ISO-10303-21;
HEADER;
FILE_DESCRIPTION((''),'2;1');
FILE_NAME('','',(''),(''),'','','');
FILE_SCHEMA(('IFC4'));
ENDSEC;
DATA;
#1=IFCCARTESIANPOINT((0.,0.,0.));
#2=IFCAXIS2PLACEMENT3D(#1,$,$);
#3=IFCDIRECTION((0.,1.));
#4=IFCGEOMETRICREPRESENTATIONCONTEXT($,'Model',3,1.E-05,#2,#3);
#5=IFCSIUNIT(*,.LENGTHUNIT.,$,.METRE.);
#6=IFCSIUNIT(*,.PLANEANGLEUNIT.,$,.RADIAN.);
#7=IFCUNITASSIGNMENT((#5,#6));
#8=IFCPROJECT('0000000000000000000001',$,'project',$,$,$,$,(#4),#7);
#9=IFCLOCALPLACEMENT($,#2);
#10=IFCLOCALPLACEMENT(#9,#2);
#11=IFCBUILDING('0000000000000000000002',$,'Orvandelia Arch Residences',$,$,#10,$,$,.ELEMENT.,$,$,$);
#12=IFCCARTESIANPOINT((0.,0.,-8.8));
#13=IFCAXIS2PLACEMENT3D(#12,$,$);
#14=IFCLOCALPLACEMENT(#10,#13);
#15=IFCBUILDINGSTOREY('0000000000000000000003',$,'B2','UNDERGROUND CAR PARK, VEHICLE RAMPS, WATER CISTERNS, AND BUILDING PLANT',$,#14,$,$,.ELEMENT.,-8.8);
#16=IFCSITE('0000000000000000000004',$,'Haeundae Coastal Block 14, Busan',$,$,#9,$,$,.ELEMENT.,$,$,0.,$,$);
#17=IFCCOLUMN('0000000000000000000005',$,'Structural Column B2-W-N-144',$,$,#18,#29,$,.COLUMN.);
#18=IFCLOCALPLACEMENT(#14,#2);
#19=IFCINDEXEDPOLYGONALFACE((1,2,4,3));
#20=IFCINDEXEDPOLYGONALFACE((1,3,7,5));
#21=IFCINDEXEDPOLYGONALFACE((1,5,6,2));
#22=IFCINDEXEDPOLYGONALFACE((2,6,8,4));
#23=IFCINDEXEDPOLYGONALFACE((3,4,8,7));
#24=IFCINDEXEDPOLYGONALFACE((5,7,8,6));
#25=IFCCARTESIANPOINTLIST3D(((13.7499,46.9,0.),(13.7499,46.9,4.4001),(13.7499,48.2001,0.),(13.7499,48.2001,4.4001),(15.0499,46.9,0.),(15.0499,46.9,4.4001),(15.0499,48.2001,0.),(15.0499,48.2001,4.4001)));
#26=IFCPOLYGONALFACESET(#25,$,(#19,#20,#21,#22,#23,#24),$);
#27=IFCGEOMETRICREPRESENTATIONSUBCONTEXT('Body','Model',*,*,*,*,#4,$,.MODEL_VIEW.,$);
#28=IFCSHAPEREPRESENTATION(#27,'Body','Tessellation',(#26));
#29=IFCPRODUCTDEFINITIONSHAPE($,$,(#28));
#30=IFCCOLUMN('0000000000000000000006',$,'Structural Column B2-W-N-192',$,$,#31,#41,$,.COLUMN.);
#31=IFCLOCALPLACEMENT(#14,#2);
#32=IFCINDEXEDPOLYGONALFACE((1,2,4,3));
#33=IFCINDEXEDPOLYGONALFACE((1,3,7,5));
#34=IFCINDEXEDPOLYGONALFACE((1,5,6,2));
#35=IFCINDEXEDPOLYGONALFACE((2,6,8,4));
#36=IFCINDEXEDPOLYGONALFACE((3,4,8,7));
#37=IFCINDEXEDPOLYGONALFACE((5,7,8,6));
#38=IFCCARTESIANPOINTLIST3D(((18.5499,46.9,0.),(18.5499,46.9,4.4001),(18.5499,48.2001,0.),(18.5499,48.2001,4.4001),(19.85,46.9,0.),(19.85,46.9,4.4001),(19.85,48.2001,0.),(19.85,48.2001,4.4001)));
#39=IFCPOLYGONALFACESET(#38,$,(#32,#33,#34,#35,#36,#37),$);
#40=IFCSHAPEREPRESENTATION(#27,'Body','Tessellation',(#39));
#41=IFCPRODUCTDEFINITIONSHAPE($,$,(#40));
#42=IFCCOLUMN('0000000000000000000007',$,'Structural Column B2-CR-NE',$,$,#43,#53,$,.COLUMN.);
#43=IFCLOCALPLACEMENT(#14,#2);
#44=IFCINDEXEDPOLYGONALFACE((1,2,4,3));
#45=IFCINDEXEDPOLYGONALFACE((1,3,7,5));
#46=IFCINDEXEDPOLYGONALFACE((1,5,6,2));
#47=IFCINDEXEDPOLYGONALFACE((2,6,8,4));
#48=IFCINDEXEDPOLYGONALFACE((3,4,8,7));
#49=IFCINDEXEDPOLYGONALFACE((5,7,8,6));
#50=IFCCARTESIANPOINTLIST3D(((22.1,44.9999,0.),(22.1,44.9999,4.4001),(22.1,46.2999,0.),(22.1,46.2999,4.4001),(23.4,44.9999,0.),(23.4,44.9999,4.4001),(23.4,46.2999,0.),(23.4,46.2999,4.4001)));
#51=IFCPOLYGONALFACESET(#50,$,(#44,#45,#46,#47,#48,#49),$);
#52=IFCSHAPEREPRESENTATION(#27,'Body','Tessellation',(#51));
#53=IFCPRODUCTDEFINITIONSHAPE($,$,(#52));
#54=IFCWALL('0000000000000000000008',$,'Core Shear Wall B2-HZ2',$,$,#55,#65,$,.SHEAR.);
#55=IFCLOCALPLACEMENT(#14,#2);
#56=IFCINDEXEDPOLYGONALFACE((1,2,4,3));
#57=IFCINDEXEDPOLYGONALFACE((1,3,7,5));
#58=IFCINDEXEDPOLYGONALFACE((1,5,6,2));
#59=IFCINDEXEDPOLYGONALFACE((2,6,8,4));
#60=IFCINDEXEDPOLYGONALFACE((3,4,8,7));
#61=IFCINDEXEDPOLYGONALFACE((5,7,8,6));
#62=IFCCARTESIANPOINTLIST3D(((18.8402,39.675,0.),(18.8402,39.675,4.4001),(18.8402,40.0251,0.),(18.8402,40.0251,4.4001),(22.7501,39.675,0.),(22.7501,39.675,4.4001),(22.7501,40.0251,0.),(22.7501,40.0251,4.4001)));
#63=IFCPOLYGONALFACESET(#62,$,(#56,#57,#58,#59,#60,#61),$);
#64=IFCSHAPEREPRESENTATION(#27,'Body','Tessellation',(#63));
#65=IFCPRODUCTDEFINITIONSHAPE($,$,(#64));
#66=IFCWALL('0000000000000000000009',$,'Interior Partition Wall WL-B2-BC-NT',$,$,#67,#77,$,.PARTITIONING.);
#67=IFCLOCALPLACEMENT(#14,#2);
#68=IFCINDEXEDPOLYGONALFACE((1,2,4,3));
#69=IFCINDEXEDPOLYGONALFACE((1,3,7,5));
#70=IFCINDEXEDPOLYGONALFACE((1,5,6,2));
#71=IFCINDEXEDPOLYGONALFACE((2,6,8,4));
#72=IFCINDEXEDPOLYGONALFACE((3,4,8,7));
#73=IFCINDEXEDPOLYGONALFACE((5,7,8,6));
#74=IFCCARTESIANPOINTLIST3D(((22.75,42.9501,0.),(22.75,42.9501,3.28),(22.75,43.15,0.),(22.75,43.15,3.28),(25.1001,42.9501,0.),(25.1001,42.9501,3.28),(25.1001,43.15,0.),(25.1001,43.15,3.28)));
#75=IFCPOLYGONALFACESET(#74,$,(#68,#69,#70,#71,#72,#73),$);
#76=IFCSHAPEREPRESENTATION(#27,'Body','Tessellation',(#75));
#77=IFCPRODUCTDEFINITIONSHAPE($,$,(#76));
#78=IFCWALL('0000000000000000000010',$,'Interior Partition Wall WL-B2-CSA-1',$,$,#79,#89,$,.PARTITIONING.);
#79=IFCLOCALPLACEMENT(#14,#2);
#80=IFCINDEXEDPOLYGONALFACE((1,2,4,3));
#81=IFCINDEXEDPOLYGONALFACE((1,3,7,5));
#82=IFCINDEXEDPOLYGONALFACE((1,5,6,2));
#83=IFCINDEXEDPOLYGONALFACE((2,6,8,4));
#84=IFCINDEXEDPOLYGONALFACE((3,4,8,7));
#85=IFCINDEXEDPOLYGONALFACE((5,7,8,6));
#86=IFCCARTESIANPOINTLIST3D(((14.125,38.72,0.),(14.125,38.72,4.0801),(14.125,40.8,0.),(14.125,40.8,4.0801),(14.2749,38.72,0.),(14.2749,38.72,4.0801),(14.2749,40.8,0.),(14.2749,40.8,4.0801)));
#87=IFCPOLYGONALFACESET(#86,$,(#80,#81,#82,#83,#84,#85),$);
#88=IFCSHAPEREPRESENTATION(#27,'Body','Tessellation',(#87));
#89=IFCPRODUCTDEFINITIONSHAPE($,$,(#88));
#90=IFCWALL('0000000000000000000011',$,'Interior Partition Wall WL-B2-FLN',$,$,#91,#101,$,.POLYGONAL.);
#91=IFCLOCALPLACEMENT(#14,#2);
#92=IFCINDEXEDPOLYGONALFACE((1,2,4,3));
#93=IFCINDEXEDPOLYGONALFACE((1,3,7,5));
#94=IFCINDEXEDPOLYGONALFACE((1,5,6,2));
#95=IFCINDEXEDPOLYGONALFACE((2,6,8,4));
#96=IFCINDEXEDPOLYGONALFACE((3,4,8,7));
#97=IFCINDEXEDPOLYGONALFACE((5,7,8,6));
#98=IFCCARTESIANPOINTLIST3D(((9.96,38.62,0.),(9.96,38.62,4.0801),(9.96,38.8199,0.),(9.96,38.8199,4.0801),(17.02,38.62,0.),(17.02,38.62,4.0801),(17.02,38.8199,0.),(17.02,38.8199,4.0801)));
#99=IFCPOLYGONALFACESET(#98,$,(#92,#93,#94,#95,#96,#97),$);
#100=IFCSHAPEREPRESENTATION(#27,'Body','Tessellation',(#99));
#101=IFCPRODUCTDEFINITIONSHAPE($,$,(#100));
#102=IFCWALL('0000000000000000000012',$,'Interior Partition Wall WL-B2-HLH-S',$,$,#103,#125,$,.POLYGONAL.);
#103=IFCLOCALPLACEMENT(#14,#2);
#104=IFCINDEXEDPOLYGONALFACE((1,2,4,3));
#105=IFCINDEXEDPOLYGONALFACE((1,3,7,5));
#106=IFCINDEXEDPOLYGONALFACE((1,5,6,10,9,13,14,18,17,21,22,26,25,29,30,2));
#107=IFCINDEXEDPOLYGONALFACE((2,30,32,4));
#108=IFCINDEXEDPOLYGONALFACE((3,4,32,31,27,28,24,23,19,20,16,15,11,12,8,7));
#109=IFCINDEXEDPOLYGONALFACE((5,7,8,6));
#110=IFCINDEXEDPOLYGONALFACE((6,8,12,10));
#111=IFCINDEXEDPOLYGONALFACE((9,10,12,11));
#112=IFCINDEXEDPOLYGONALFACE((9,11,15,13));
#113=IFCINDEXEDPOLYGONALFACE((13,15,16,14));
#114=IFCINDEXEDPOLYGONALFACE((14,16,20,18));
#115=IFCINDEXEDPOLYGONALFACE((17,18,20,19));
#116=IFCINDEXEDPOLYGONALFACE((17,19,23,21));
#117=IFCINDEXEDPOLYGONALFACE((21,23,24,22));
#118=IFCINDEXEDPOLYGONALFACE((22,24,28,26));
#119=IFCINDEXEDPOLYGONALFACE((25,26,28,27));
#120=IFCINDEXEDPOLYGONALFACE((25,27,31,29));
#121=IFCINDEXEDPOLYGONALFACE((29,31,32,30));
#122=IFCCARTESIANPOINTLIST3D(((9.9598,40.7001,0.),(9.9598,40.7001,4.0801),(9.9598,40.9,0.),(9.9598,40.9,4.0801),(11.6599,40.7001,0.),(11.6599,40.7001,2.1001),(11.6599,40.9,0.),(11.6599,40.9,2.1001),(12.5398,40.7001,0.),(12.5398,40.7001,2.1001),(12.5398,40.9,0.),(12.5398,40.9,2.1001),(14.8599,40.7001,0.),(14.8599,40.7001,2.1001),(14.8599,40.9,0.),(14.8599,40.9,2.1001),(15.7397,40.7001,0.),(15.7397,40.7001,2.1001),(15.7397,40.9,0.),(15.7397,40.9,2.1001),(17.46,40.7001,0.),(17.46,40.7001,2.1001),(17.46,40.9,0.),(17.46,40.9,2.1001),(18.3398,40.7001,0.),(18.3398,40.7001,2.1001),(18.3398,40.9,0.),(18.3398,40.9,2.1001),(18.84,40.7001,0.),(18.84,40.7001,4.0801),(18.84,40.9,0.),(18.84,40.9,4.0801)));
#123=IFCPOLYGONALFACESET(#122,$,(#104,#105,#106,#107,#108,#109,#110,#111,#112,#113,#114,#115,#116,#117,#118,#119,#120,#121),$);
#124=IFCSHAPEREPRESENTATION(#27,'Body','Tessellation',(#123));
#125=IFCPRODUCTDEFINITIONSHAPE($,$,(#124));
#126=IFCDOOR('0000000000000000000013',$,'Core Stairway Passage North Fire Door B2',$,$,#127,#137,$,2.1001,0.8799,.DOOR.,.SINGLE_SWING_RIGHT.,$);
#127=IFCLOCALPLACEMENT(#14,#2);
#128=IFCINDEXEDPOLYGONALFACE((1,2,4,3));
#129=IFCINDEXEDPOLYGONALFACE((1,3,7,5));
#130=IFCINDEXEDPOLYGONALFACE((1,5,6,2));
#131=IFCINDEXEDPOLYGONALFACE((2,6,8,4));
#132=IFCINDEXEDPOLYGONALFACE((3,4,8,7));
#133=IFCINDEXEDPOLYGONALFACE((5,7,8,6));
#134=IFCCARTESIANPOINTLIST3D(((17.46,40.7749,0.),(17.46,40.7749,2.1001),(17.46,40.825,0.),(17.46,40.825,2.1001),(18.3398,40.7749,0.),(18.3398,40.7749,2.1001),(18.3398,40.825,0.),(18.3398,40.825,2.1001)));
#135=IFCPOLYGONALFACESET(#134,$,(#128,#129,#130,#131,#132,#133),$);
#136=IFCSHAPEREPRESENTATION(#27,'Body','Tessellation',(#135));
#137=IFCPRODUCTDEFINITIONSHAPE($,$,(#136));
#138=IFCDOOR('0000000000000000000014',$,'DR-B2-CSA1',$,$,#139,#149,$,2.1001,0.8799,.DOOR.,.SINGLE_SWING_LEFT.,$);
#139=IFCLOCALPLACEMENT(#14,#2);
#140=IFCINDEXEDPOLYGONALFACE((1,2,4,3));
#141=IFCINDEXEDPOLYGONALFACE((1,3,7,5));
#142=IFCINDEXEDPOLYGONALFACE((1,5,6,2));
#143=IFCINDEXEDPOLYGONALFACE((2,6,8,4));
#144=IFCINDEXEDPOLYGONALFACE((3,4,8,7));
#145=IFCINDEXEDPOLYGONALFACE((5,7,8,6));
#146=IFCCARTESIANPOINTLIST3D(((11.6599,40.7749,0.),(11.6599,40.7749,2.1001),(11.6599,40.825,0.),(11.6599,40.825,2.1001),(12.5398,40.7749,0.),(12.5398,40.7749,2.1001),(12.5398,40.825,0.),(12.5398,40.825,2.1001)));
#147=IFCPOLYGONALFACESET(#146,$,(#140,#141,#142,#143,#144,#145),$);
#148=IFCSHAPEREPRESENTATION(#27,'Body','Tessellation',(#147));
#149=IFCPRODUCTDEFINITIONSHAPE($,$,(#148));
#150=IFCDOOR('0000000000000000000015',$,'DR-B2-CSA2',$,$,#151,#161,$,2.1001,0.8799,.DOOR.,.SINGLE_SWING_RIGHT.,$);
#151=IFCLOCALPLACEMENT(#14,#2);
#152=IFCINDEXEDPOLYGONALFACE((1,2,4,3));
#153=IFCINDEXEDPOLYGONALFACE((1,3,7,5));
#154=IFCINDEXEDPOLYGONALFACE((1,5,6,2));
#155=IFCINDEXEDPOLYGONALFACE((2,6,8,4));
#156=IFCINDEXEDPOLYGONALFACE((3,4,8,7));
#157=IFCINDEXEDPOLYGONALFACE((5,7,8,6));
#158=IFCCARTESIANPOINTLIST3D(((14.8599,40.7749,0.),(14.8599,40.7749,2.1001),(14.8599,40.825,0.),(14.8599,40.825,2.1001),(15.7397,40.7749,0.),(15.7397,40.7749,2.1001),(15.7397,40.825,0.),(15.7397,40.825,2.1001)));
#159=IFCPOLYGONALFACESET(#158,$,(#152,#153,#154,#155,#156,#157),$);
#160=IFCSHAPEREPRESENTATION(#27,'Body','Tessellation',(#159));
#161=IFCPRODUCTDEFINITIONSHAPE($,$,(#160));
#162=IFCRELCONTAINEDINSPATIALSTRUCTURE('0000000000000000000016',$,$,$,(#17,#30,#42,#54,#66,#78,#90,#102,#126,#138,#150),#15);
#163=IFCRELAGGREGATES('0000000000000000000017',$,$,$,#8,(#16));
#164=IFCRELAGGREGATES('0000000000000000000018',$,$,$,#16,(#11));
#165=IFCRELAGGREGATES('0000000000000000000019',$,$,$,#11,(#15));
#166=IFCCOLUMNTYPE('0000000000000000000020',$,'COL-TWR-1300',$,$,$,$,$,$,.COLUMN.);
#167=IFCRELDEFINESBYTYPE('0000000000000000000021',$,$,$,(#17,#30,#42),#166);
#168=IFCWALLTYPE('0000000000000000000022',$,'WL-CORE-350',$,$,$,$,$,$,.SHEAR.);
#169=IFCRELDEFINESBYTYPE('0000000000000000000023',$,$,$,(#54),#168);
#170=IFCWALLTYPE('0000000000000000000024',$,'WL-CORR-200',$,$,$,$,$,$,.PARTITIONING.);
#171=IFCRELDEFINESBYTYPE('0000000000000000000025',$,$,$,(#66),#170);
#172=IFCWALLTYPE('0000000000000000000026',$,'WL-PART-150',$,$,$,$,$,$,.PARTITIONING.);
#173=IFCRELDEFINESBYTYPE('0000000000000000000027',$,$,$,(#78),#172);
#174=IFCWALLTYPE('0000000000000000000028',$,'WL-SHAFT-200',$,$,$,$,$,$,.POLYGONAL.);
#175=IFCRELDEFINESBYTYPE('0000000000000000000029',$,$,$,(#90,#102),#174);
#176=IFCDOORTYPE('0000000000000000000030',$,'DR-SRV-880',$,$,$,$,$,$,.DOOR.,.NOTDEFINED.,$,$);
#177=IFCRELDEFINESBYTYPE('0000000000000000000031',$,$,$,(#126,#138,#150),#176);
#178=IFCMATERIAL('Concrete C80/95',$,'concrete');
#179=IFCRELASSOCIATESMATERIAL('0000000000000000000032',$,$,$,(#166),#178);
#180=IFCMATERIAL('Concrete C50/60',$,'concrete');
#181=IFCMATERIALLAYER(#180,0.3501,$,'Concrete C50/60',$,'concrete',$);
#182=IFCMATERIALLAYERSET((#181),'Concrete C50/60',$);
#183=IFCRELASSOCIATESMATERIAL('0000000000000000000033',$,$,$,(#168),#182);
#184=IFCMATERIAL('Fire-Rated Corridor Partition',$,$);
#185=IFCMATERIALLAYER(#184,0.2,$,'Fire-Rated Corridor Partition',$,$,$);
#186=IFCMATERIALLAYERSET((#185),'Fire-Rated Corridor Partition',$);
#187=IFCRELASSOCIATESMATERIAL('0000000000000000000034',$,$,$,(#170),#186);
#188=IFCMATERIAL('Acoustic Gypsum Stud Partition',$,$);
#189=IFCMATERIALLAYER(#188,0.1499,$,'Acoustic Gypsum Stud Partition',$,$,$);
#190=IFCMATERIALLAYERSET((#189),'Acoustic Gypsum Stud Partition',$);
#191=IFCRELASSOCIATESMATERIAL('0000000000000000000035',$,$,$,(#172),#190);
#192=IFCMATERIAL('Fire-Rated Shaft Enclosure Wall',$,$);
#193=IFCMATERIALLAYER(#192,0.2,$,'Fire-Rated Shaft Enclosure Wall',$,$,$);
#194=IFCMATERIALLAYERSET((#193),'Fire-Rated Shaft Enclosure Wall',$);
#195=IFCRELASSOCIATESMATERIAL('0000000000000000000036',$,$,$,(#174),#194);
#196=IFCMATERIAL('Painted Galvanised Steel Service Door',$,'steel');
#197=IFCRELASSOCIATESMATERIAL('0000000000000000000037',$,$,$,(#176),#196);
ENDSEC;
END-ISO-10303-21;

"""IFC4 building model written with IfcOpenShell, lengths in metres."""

from ifc_helpers import new_model, si_unit, direction, frame, frame_2d, origin, origin_2d, place, context, subcontext, project, spatial, rectangle, extrude, material, layer, layer_set, material_profile, profile_set, type_object, element, fill, save


model = new_model("IFC4")

# Units and contexts
model_context = context("Model", 3, precision=1e-05, world=origin(), true_north=direction((0.0, 1.0)))
body_context = subcontext(model_context, "Body", "Model", "MODEL_VIEW")
ifc_project = project(units=[si_unit("LENGTHUNIT", "METRE"), si_unit("PLANEANGLEUNIT", "RADIAN")], contexts=[model_context])

# Site, building, storey
site_placement = place(None, origin())
site = spatial("IfcSite", under=ifc_project, at=site_placement, Name="Haeundae Coastal Block 14, Busan", CompositionType="ELEMENT", RefElevation=0.0)
building_placement = place(site_placement, origin())
building = spatial("IfcBuilding", under=site, at=building_placement, Name="Orvandelia Arch Residences", CompositionType="ELEMENT")
storey_placement = place(building_placement, frame((0.0, 0.0, -8.8)))
storey = spatial("IfcBuildingStorey", under=building, at=storey_placement, Name="B2", Description="UNDERGROUND CAR PARK, VEHICLE RAMPS, WATER CISTERNS, AND BUILDING PLANT", CompositionType="ELEMENT", Elevation=-8.8)

# Columns
ifc_material_1 = material(Name="Concrete C80/95", Category="concrete")
ifc_material_profile = material_profile(ifc_material_1, rectangle(XDim=1.3, YDim=1.3, at=origin_2d()), Name="Concrete C80/95", Category="concrete")
ifc_profile_set = profile_set([ifc_material_profile], Name="Concrete C80/95")
column_type = type_object("IfcColumnType", Name="COL-TWR-1300", PredefinedType="COLUMN", material=ifc_profile_set)
for number, where, z_axis, x_axis, name in (
    (1, (14.3999, 47.55, 0.0), (0.0, 0.0, 1.0), (1.0, 0.0, 0.0), "Structural Column B2-W-N-144"),
    (2, (19.2, 47.55, 0.0), (0.0, 0.0, 1.0), (1.0, 0.0, 0.0), "Structural Column B2-W-N-192"),
    (3, (22.75, 45.6499, 0.0), (0.0, 0.0, 1.0), (1.0, 0.0, 0.0), "Structural Column B2-CR-NE"),
):
    element("IfcColumn", number, at=place(storey_placement, frame(where, z_axis=z_axis, x_axis=x_axis)), inside=storey, type_object=column_type, Name=name, PredefinedType="COLUMN", context=body_context, shape_type="SweptSolid", body=[
        extrude(rectangle(XDim=1.3, YDim=1.3, at=origin_2d()), origin(), (0.0, 0.0, 1.0), 4.4001),
    ])

# Wall
ifc_material_2 = material(Name="Concrete C50/60", Category="concrete")
ifc_layer_1 = layer(ifc_material_2, 0.3501, Name="Concrete C50/60", Category="concrete")
ifc_layer_set_1 = layer_set([ifc_layer_1], Name="Concrete C50/60")
wall_type_1 = type_object("IfcWallType", Name="WL-CORE-350", PredefinedType="SHEAR", material=ifc_layer_set_1)
wall_1_placement = place(storey_placement, frame((18.8401, 39.8501, 0.0), z_axis=(0.0, 0.0, 1.0), x_axis=(1.0, 0.0, 0.0)))
element("IfcWall", 4, at=wall_1_placement, inside=storey, type_object=wall_type_1, Name="Core Shear Wall B2-HZ2", PredefinedType="SHEAR", context=body_context, shape_type="SweptSolid", body=[
    extrude(rectangle(XDim=3.9099, YDim=0.3501, at=frame_2d((1.9551, 0.0))), origin(), (0.0, 0.0, 1.0), 4.4001),
])

# Walls
ifc_material_3 = material(Name="Fire-Rated Corridor Partition")
ifc_layer_2 = layer(ifc_material_3, 0.2, Name="Fire-Rated Corridor Partition")
ifc_layer_set_2 = layer_set([ifc_layer_2], Name="Fire-Rated Corridor Partition")
wall_type_2 = type_object("IfcWallType", Name="WL-CORR-200", PredefinedType="PARTITIONING", material=ifc_layer_set_2)
wall_2_placement = place(storey_placement, frame((22.75, 43.05, 0.0), z_axis=(0.0, 0.0, 1.0), x_axis=(1.0, 0.0, 0.0)))
element("IfcWall", 5, at=wall_2_placement, inside=storey, type_object=wall_type_2, Name="Interior Partition Wall WL-B2-BC-NT", PredefinedType="PARTITIONING", context=body_context, shape_type="SweptSolid", body=[
    extrude(rectangle(XDim=2.3501, YDim=0.2, at=frame_2d((1.175, 0.0))), origin(), (0.0, 0.0, 1.0), 3.28),
])
ifc_material_4 = material(Name="Acoustic Gypsum Stud Partition")
ifc_layer_3 = layer(ifc_material_4, 0.1499, Name="Acoustic Gypsum Stud Partition")
ifc_layer_set_3 = layer_set([ifc_layer_3], Name="Acoustic Gypsum Stud Partition")
wall_type_3 = type_object("IfcWallType", Name="WL-PART-150", PredefinedType="PARTITIONING", material=ifc_layer_set_3)
wall_3_placement = place(storey_placement, frame((14.2, 38.72, 0.0), z_axis=(0.0, 0.0, 1.0), x_axis=(0.0, 1.0, 0.0)))
element("IfcWall", 6, at=wall_3_placement, inside=storey, type_object=wall_type_3, Name="Interior Partition Wall WL-B2-CSA-1", PredefinedType="PARTITIONING", context=body_context, shape_type="SweptSolid", body=[
    extrude(rectangle(XDim=2.0801, YDim=0.1499, at=frame_2d((1.04, 0.0))), origin(), (0.0, 0.0, 1.0), 4.0801),
])
ifc_material_5 = material(Name="Fire-Rated Shaft Enclosure Wall")
ifc_layer_4 = layer(ifc_material_5, 0.2, Name="Fire-Rated Shaft Enclosure Wall")
ifc_layer_set_4 = layer_set([ifc_layer_4], Name="Fire-Rated Shaft Enclosure Wall")
wall_type_4 = type_object("IfcWallType", Name="WL-SHAFT-200", PredefinedType="POLYGONAL", material=ifc_layer_set_4)
wall_4_placement = place(storey_placement, frame((9.96, 38.72, 0.0), z_axis=(0.0, 0.0, 1.0), x_axis=(1.0, 0.0, 0.0)))
element("IfcWall", 7, at=wall_4_placement, inside=storey, type_object=wall_type_4, Name="Interior Partition Wall WL-B2-FLN", PredefinedType="POLYGONAL", context=body_context, shape_type="SweptSolid", body=[
    extrude(rectangle(XDim=7.0601, YDim=0.2, at=frame_2d((3.53, 0.0))), origin(), (0.0, 0.0, 1.0), 4.0801),
])

# Wall, openings, doors
wall_5_placement = place(storey_placement, frame((9.96, 40.8, 0.0), z_axis=(0.0, 0.0, 1.0), x_axis=(1.0, 0.0, 0.0)))
wall_5 = element("IfcWall", 8, at=wall_5_placement, inside=storey, type_object=wall_type_4, Name="Interior Partition Wall WL-B2-HLH-S", PredefinedType="POLYGONAL", context=body_context, shape_type="SweptSolid", body=[
    extrude(rectangle(XDim=8.8801, YDim=0.2, at=frame_2d((4.4399, 0.0))), origin(), (0.0, 0.0, 1.0), 4.0801),
])
opening_1_placement = place(wall_5_placement, frame((7.5, 0.0, 0.0)))
opening_1 = element("IfcOpeningElement", 9, at=opening_1_placement, cuts=wall_5, PredefinedType="OPENING", context=body_context, shape_type="SweptSolid", body=[
    extrude(rectangle(XDim=0.8799, YDim=2.1001, at=frame_2d((0.4399, 1.05))), frame((0.0, 0.1099, 0.0), z_axis=(0.0, -1.0, 0.0), x_axis=(1.0, 0.0, 0.0)), (0.0, 0.0, 1.0), 0.22),
])
opening_2_placement = place(wall_5_placement, frame((1.7, 0.0, 0.0)))
opening_2 = element("IfcOpeningElement", 10, at=opening_2_placement, cuts=wall_5, PredefinedType="OPENING", context=body_context, shape_type="SweptSolid", body=[
    extrude(rectangle(XDim=0.8799, YDim=2.1001, at=frame_2d((0.4399, 1.05))), frame((0.0, 0.1099, 0.0), z_axis=(0.0, -1.0, 0.0), x_axis=(1.0, 0.0, 0.0)), (0.0, 0.0, 1.0), 0.22),
])
opening_3_placement = place(wall_5_placement, frame((4.8999, 0.0, 0.0)))
opening_3 = element("IfcOpeningElement", 11, at=opening_3_placement, cuts=wall_5, PredefinedType="OPENING", context=body_context, shape_type="SweptSolid", body=[
    extrude(rectangle(XDim=0.8799, YDim=2.1001, at=frame_2d((0.4399, 1.05))), frame((0.0, 0.1099, 0.0), z_axis=(0.0, -1.0, 0.0), x_axis=(1.0, 0.0, 0.0)), (0.0, 0.0, 1.0), 0.22),
])
ifc_material_6 = material(Name="Painted Galvanised Steel Service Door", Category="steel")
door_type_1 = type_object("IfcDoorType", Name="DR-SRV-880", OperationType="NOTDEFINED", PredefinedType="DOOR", material=ifc_material_6)
door_1_placement = place(opening_1_placement, origin())
door_1 = element("IfcDoor", 12, at=door_1_placement, inside=storey, type_object=door_type_1, Name="Core Stairway Passage North Fire Door B2", OperationType="SINGLE_SWING_RIGHT", OverallHeight=2.1001, OverallWidth=0.8799, PredefinedType="DOOR", context=body_context, shape_type="SweptSolid", body=[
    extrude(rectangle(XDim=0.8799, YDim=2.1001, at=frame_2d((0.4399, 1.05))), frame((0.0, 0.0249, 0.0), z_axis=(0.0, -1.0, 0.0), x_axis=(1.0, 0.0, 0.0)), (0.0, 0.0, 1.0), 0.05),
])
fill(opening_1, door_1)
door_2_placement = place(opening_2_placement, origin())
door_2 = element("IfcDoor", 13, at=door_2_placement, inside=storey, type_object=door_type_1, Name="DR-B2-CSA1", OperationType="SINGLE_SWING_LEFT", OverallHeight=2.1001, OverallWidth=0.8799, PredefinedType="DOOR", context=body_context, shape_type="SweptSolid", body=[
    extrude(rectangle(XDim=0.8799, YDim=2.1001, at=frame_2d((0.4399, 1.05))), frame((0.0, 0.0249, 0.0), z_axis=(0.0, -1.0, 0.0), x_axis=(1.0, 0.0, 0.0)), (0.0, 0.0, 1.0), 0.05),
])
fill(opening_2, door_2)
door_3_placement = place(opening_3_placement, origin())
door_3 = element("IfcDoor", 14, at=door_3_placement, inside=storey, type_object=door_type_1, Name="DR-B2-CSA2", OperationType="SINGLE_SWING_RIGHT", OverallHeight=2.1001, OverallWidth=0.8799, PredefinedType="DOOR", context=body_context, shape_type="SweptSolid", body=[
    extrude(rectangle(XDim=0.8799, YDim=2.1001, at=frame_2d((0.4399, 1.05))), frame((0.0, 0.0249, 0.0), z_axis=(0.0, -1.0, 0.0), x_axis=(1.0, 0.0, 0.0)), (0.0, 0.0, 1.0), 0.05),
])
fill(opening_3, door_3)

save(model, "model.ifc")
